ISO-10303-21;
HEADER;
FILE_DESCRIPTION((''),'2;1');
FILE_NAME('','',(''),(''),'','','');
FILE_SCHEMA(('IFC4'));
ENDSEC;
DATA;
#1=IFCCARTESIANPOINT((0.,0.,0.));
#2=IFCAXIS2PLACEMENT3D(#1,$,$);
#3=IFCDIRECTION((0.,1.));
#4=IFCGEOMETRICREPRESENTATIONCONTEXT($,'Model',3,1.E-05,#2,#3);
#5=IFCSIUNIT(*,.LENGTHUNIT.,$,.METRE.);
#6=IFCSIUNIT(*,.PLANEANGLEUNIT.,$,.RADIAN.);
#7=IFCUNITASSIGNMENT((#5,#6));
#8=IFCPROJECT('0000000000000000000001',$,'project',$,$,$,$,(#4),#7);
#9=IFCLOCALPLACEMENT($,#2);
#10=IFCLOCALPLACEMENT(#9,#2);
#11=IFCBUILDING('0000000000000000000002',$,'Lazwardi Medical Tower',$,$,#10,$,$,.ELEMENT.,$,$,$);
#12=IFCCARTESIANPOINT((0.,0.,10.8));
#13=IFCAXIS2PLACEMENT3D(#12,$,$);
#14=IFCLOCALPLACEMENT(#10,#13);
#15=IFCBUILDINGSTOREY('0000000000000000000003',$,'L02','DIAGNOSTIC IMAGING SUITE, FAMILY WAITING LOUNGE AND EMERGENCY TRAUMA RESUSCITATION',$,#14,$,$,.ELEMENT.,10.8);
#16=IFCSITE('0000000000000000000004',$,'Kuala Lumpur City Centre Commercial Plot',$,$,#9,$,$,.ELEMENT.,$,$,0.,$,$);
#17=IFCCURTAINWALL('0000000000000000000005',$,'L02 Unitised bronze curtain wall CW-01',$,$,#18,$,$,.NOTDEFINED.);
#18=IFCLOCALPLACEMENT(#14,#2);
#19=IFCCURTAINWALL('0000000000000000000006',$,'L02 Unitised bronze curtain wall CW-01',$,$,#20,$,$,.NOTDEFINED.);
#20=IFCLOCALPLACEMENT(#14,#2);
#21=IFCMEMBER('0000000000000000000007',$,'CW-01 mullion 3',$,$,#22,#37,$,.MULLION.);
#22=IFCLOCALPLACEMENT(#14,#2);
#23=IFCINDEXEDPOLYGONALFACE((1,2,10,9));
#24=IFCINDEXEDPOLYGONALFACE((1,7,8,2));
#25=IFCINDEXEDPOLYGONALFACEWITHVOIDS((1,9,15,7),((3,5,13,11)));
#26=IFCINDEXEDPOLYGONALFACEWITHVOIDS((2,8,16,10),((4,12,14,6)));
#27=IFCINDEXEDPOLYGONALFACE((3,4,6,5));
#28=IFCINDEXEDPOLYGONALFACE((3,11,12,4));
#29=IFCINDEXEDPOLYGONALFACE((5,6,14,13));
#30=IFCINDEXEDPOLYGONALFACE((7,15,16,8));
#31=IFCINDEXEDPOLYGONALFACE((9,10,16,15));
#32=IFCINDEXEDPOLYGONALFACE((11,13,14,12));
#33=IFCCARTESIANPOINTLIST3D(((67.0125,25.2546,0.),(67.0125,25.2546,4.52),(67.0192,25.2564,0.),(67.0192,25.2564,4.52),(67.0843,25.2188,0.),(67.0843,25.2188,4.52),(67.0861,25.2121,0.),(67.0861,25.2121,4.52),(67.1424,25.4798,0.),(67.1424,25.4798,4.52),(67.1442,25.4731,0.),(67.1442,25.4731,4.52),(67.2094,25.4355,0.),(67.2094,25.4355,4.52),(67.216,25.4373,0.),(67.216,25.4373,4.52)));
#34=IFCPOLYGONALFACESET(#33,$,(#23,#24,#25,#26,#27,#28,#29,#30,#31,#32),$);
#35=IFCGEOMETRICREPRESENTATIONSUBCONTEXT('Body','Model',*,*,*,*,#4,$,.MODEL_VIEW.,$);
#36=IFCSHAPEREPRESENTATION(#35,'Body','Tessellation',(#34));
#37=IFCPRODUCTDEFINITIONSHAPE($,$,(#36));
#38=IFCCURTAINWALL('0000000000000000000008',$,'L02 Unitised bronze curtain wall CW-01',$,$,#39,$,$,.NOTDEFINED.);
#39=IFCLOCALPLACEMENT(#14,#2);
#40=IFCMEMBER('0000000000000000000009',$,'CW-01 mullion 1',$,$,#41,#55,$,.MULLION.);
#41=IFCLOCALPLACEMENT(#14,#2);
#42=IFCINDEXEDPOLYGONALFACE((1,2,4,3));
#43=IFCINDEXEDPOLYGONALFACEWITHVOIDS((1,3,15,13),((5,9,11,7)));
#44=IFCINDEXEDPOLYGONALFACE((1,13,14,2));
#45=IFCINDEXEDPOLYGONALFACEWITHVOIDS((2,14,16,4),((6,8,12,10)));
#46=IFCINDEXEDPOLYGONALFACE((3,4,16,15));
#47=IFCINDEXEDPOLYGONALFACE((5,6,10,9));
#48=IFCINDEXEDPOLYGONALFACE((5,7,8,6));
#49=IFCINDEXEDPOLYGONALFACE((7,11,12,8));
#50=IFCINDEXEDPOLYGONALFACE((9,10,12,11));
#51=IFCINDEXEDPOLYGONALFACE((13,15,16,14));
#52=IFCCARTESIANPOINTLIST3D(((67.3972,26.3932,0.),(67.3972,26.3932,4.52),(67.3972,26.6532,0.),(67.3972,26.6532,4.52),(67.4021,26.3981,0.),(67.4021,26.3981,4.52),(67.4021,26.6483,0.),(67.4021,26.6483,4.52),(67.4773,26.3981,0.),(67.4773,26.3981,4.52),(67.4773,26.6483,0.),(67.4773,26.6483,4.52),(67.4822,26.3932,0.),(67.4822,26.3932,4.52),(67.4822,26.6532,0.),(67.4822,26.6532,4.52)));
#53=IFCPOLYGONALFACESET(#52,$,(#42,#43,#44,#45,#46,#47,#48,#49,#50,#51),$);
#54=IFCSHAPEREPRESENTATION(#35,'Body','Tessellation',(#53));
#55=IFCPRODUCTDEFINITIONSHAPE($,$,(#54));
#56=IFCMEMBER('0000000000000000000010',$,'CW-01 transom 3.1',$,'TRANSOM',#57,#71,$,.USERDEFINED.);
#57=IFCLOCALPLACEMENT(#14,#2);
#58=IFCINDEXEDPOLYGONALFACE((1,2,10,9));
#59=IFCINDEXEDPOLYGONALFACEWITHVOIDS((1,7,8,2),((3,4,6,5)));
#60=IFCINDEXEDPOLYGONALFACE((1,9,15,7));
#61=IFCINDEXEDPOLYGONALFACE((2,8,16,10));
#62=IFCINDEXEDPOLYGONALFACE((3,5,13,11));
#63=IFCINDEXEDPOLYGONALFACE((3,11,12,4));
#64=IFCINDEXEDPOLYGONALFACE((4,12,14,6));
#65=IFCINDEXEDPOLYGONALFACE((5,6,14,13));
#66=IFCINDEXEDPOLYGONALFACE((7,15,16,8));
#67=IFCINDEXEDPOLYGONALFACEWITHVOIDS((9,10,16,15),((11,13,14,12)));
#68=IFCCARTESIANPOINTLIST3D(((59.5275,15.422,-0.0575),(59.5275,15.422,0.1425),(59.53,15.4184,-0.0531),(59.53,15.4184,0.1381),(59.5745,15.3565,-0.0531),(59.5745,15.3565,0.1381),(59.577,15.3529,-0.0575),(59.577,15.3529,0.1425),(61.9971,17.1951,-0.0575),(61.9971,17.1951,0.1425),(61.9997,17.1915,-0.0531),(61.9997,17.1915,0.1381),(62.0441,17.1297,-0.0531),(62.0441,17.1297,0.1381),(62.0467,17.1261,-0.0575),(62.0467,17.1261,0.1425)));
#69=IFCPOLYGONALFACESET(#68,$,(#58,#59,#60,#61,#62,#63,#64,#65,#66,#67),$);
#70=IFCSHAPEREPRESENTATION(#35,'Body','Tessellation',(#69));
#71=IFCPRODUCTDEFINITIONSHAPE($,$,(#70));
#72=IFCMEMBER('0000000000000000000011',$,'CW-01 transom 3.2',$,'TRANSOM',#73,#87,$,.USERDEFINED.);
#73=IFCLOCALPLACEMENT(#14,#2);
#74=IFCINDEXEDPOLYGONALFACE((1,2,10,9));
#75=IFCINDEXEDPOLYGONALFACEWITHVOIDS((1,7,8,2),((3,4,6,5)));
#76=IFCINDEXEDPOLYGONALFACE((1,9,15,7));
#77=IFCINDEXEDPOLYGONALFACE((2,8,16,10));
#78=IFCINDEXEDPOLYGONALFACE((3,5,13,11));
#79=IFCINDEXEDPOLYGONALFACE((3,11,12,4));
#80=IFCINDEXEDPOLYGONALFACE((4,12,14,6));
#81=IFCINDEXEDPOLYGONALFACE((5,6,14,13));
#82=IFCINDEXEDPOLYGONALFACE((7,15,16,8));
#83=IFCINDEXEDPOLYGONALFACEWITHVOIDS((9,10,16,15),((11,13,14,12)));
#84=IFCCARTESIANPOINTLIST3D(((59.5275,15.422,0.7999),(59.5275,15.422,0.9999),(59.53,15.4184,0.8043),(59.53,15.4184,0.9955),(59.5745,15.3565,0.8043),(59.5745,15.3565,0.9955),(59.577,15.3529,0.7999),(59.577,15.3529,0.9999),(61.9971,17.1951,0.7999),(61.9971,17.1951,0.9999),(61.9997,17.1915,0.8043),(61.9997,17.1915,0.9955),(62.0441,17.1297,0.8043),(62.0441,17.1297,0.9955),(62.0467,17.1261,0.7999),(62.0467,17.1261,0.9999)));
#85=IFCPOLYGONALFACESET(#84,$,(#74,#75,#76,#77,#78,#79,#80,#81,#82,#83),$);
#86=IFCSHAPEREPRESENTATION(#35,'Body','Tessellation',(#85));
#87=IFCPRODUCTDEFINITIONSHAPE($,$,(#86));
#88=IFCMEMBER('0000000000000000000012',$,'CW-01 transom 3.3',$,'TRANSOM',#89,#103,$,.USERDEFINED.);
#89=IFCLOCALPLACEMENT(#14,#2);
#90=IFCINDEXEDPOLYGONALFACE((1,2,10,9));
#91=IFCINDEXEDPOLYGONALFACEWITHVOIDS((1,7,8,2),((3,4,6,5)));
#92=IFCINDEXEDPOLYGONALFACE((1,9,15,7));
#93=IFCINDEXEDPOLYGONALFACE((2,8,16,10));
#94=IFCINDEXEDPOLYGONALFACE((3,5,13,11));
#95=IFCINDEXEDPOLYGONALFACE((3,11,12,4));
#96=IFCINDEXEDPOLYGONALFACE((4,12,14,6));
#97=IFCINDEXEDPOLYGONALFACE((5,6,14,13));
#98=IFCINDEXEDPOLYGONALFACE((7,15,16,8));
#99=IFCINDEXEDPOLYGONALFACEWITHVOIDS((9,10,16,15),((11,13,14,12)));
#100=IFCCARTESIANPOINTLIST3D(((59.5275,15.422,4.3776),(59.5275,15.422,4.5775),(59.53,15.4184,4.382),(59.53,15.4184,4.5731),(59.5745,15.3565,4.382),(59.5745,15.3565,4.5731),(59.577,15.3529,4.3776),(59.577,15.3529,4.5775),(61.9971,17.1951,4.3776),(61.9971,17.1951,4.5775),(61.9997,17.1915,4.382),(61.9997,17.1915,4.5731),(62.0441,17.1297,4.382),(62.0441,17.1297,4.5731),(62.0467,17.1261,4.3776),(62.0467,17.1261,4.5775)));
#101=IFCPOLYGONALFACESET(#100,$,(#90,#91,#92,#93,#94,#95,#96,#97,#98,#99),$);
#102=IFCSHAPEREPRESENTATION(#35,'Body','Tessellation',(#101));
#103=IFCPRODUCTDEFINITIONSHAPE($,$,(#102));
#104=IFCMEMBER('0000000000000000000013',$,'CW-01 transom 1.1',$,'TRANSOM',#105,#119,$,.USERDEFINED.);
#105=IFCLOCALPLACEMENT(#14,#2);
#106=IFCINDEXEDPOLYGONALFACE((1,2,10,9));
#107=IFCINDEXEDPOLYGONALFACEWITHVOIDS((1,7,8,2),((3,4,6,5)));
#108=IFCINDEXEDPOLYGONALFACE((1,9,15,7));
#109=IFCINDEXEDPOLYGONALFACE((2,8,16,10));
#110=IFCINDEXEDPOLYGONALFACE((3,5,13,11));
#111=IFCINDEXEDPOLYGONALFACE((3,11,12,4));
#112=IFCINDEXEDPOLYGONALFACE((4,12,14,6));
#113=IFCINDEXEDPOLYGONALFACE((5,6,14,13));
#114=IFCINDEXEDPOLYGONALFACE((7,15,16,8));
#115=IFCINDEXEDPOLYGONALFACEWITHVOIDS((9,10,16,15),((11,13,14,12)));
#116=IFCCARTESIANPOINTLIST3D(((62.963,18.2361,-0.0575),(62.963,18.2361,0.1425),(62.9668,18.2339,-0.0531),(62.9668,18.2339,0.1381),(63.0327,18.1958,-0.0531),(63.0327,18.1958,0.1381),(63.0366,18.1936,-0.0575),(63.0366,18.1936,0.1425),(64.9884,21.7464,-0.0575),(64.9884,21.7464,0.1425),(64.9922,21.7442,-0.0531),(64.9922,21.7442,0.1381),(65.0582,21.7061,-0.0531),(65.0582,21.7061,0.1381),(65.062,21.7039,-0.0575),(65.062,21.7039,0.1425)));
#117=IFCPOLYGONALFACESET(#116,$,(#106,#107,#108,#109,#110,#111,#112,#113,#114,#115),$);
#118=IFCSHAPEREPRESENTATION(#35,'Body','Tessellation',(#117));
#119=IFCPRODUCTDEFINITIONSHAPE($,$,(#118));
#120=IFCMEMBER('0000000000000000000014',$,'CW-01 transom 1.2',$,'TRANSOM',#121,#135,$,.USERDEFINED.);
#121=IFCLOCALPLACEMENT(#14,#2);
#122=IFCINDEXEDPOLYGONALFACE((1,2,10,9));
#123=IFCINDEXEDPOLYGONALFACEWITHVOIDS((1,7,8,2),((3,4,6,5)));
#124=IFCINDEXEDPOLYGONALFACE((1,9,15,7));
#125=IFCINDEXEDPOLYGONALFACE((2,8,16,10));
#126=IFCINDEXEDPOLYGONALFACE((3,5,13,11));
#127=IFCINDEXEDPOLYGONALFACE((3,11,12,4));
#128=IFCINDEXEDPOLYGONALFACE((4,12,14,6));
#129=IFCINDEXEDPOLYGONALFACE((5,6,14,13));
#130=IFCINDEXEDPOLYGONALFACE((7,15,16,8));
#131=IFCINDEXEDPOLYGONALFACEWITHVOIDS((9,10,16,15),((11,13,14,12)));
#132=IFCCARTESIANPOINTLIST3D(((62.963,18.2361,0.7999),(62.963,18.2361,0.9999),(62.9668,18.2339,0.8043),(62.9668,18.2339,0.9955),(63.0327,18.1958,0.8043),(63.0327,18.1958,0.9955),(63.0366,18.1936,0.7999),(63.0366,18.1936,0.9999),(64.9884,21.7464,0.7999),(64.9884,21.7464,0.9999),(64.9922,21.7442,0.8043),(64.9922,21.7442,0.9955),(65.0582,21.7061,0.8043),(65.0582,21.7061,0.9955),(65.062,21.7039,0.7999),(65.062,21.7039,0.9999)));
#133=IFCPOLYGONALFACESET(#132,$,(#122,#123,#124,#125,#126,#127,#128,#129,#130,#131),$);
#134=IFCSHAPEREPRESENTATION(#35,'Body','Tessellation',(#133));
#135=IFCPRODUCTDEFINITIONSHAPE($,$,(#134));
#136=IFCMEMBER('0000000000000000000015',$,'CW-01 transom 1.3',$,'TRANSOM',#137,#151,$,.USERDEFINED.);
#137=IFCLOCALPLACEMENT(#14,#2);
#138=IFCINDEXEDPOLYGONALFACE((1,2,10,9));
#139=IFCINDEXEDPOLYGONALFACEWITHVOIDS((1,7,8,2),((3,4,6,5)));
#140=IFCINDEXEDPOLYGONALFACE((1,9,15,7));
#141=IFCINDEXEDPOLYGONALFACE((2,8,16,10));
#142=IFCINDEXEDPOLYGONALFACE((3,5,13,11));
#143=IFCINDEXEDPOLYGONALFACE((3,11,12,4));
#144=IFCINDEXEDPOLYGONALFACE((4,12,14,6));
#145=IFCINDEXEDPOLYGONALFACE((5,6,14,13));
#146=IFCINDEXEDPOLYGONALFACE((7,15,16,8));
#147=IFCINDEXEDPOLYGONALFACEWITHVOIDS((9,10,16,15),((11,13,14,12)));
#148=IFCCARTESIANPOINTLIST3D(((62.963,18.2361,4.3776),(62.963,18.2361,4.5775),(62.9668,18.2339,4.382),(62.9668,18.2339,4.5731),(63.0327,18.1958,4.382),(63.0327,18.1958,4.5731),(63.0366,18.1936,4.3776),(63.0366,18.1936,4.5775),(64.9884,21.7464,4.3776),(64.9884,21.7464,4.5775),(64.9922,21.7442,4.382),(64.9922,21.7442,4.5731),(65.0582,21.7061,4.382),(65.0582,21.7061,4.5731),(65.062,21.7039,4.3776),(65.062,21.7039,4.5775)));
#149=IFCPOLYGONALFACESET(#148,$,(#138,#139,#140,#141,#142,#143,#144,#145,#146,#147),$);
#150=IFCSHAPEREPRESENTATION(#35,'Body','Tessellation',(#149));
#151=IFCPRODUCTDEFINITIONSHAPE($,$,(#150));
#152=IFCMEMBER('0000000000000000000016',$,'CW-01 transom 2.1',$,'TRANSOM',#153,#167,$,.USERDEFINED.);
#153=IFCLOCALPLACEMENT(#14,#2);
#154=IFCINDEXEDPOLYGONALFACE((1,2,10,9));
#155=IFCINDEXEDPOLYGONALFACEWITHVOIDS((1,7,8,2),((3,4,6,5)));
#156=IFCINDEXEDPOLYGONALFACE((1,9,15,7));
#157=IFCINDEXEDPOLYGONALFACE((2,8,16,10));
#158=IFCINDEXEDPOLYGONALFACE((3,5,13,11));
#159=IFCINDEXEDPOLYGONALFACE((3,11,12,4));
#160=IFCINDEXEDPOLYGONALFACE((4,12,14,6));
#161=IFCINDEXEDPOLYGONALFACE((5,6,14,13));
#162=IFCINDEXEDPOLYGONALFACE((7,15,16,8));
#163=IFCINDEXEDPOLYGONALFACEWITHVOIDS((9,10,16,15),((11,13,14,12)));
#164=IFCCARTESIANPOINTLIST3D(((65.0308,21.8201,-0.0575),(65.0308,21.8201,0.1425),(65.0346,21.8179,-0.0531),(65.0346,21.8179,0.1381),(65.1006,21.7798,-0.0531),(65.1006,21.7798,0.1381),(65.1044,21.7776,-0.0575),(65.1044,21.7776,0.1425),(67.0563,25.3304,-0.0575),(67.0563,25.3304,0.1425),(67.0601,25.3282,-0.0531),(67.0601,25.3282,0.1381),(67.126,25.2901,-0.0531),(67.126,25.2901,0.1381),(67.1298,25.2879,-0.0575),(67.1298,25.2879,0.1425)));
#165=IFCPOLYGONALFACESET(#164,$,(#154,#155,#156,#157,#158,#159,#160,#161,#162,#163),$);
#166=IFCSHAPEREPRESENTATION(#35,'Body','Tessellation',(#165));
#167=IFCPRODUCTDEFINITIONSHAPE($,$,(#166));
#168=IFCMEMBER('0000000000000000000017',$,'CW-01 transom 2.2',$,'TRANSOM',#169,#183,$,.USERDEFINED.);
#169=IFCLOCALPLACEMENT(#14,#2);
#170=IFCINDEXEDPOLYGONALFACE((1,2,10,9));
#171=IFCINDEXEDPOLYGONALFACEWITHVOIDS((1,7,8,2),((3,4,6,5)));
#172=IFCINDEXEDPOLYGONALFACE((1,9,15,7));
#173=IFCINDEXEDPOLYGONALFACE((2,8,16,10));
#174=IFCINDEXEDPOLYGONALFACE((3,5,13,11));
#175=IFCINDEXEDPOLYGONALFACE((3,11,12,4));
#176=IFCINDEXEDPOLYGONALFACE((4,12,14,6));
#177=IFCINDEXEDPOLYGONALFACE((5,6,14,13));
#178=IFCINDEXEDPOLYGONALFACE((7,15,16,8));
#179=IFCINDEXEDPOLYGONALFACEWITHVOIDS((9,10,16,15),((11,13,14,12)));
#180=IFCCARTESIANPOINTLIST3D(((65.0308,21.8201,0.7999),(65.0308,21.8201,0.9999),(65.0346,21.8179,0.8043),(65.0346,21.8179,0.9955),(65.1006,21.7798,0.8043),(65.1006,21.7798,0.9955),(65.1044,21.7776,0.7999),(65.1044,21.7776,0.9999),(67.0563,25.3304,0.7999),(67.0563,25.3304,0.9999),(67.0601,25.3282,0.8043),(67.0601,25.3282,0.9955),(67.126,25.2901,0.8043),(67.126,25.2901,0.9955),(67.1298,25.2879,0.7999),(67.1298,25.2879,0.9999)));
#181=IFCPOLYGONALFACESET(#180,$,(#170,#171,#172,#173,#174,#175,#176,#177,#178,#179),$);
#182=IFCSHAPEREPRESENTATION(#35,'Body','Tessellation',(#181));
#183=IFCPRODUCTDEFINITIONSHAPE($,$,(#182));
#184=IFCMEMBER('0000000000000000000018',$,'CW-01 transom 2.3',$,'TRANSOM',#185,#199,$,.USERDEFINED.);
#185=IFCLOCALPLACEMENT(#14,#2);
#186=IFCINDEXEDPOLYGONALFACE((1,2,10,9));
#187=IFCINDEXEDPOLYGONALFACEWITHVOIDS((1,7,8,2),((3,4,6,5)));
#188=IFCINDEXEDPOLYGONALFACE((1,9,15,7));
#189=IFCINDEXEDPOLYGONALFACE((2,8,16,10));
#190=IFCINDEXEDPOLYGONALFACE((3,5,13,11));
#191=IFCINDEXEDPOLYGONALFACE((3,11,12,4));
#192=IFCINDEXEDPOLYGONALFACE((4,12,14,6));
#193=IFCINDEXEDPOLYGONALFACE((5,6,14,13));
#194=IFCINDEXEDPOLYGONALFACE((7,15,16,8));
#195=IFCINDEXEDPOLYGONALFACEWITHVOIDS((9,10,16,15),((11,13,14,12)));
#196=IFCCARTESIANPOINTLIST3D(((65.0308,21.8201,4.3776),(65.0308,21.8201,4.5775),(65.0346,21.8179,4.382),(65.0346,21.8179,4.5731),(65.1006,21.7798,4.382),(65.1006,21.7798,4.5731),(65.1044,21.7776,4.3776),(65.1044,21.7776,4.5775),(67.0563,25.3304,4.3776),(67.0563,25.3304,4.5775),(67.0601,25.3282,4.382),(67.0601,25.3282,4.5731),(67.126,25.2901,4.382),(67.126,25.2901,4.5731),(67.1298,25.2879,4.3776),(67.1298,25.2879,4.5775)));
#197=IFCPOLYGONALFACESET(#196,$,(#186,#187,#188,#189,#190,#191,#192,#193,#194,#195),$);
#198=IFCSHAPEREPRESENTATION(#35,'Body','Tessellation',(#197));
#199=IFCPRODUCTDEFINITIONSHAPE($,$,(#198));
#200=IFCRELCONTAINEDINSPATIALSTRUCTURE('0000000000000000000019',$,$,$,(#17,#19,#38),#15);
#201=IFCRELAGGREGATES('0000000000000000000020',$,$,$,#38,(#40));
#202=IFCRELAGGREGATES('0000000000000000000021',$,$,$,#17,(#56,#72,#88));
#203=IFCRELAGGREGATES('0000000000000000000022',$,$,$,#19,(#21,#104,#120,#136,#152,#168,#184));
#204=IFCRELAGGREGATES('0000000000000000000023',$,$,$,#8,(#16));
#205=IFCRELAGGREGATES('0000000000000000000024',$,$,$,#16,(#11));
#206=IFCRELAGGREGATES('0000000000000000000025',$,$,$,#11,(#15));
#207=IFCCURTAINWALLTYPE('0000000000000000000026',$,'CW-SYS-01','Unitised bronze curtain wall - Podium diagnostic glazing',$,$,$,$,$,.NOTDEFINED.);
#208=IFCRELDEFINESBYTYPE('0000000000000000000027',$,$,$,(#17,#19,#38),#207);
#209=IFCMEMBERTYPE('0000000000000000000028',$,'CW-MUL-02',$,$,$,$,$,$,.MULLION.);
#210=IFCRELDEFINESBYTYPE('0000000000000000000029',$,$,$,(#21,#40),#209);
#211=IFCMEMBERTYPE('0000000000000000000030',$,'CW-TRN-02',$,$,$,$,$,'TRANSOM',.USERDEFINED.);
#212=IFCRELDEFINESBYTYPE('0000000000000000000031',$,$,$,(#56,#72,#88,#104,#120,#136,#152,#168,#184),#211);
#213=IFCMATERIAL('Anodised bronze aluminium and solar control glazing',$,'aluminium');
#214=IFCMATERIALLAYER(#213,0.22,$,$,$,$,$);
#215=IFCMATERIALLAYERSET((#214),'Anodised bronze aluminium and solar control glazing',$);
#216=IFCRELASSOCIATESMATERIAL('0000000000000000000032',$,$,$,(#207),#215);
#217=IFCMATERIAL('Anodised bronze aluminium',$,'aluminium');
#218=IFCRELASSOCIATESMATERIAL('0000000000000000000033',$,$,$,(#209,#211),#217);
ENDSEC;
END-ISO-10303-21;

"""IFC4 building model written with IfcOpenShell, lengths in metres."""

from ifc_helpers import new_model, si_unit, direction, frame, origin, origin_2d, place, context, subcontext, project, spatial, hollow_rectangle, extrude, material, layer, layer_set, material_profile, profile_set, type_object, element, aggregate, save


model = new_model("IFC4")

# Units and contexts
model_context = context("Model", 3, precision=1e-05, world=origin(), true_north=direction((0.0, 1.0)))
body_context = subcontext(model_context, "Body", "Model", "MODEL_VIEW")
ifc_project = project(units=[si_unit("LENGTHUNIT", "METRE"), si_unit("PLANEANGLEUNIT", "RADIAN")], contexts=[model_context])

# Site, building, storey
site_placement = place(None, origin())
site = spatial("IfcSite", under=ifc_project, at=site_placement, Name="Kuala Lumpur City Centre Commercial Plot", CompositionType="ELEMENT", RefElevation=0.0)
building_placement = place(site_placement, origin())
building = spatial("IfcBuilding", under=site, at=building_placement, Name="Lazwardi Medical Tower", CompositionType="ELEMENT")
storey_placement = place(building_placement, frame((0.0, 0.0, 10.8)))
storey = spatial("IfcBuildingStorey", under=building, at=storey_placement, Name="L02", Description="DIAGNOSTIC IMAGING SUITE, FAMILY WAITING LOUNGE AND EMERGENCY TRAUMA RESUSCITATION", CompositionType="ELEMENT", Elevation=10.8)

# Curtain walls, member
ifc_material_1 = material(Name="Anodised bronze aluminium and solar control glazing", Category="aluminium")
ifc_layer_1 = layer(ifc_material_1, 0.22)
ifc_layer_set_1 = layer_set([ifc_layer_1], Name="Anodised bronze aluminium and solar control glazing")
curtain_wall_type = type_object("IfcCurtainWallType", Name="CW-SYS-01", Description="Unitised bronze curtain wall - Podium diagnostic glazing", PredefinedType="NOTDEFINED", material=ifc_layer_set_1)
curtain_wall_1_placement = place(storey_placement, origin())
curtain_wall_1 = element("IfcCurtainWall", 1, at=curtain_wall_1_placement, inside=storey, type_object=curtain_wall_type, Name="L02 Unitised bronze curtain wall CW-01", PredefinedType="NOTDEFINED")
ifc_material_2 = material(Name="Anodised bronze aluminium", Category="aluminium")
ifc_material_profile_1 = material_profile(ifc_material_2, hollow_rectangle(XDim=0.085, YDim=0.26, WallThickness=0.0049, at=origin_2d()), Name="ALU-MULLION 260x85x5")
ifc_profile_set_1 = profile_set([ifc_material_profile_1], Name="Anodised bronze aluminium")
member_type_1 = type_object("IfcMemberType", Name="CW-MUL-02", PredefinedType="MULLION", material=ifc_profile_set_1)
curtain_wall_2_placement = place(storey_placement, origin())
curtain_wall_2 = element("IfcCurtainWall", 2, at=curtain_wall_2_placement, inside=storey, type_object=curtain_wall_type, Name="L02 Unitised bronze curtain wall CW-01", PredefinedType="NOTDEFINED")
member_1_placement = place(storey_placement, frame((67.1143, 25.3459, 0.0), z_axis=(0.0, 0.0, 1.0), x_axis=(-0.866181, 0.499731, 0.0)))
member_1 = element("IfcMember", 3, at=member_1_placement, type_object=member_type_1, Name="CW-01 mullion 3", PredefinedType="MULLION", context=body_context, shape_type="SweptSolid", body=[
    extrude(hollow_rectangle(XDim=0.085, YDim=0.26, WallThickness=0.0049, at=origin_2d()), origin(), (0.0, 0.0, 1.0), 4.52),
])

# Curtain wall, member
curtain_wall_3_placement = place(storey_placement, origin())
curtain_wall_3 = element("IfcCurtainWall", 4, at=curtain_wall_3_placement, inside=storey, type_object=curtain_wall_type, Name="L02 Unitised bronze curtain wall CW-01", PredefinedType="NOTDEFINED")
member_2_placement = place(storey_placement, frame((67.4397, 26.5232, 0.0), z_axis=(0.0, 0.0, 1.0), x_axis=(-1.0, 0.0, 0.0)))
member_2 = element("IfcMember", 5, at=member_2_placement, type_object=member_type_1, Name="CW-01 mullion 1", PredefinedType="MULLION", context=body_context, shape_type="SweptSolid", body=[
    extrude(hollow_rectangle(XDim=0.085, YDim=0.26, WallThickness=0.0049, at=origin_2d()), origin(), (0.0, 0.0, 1.0), 4.52),
])

# Members
ifc_material_profile_2 = material_profile(ifc_material_2, hollow_rectangle(XDim=0.085, YDim=0.2, WallThickness=0.0044, at=origin_2d()), Name="ALU-TRANSOM 200x85x4.5")
ifc_profile_set_2 = profile_set([ifc_material_profile_2], Name="Anodised bronze aluminium")
member_type_2 = type_object("IfcMemberType", Name="CW-TRN-02", ElementType="TRANSOM", PredefinedType="USERDEFINED", material=ifc_profile_set_2)
member_3_placement = place(storey_placement, frame((59.5522, 15.3875, 0.0425), z_axis=(0.812315, 0.583219, 0.0), x_axis=(-0.583219, 0.812315, 0.0)))
member_3 = element("IfcMember", 6, at=member_3_placement, type_object=member_type_2, Name="CW-01 transom 3.1", ObjectType="TRANSOM", PredefinedType="USERDEFINED", context=body_context, shape_type="SweptSolid", body=[
    extrude(hollow_rectangle(XDim=0.085, YDim=0.2, WallThickness=0.0044, at=origin_2d()), origin(), (0.0, 0.0, 1.0), 3.0403),
])
member_4_placement = place(storey_placement, frame((59.5522, 15.3875, 0.8999), z_axis=(0.812315, 0.583219, 0.0), x_axis=(-0.583219, 0.812315, 0.0)))
member_4 = element("IfcMember", 7, at=member_4_placement, type_object=member_type_2, Name="CW-01 transom 3.2", ObjectType="TRANSOM", PredefinedType="USERDEFINED", context=body_context, shape_type="SweptSolid", body=[
    extrude(hollow_rectangle(XDim=0.085, YDim=0.2, WallThickness=0.0044, at=origin_2d()), origin(), (0.0, 0.0, 1.0), 3.0403),
])
member_5_placement = place(storey_placement, frame((59.5522, 15.3875, 4.4775), z_axis=(0.812315, 0.583219, 0.0), x_axis=(-0.583219, 0.812315, 0.0)))
member_5 = element("IfcMember", 8, at=member_5_placement, type_object=member_type_2, Name="CW-01 transom 3.3", ObjectType="TRANSOM", PredefinedType="USERDEFINED", context=body_context, shape_type="SweptSolid", body=[
    extrude(hollow_rectangle(XDim=0.085, YDim=0.2, WallThickness=0.0044, at=origin_2d()), origin(), (0.0, 0.0, 1.0), 3.0403),
])
member_6_placement = place(storey_placement, frame((62.9998, 18.2148, 0.0425), z_axis=(0.499768, 0.86616, 0.0), x_axis=(-0.86616, 0.499768, 0.0)))
member_6 = element("IfcMember", 9, at=member_6_placement, type_object=member_type_2, Name="CW-01 transom 1.1", ObjectType="TRANSOM", PredefinedType="USERDEFINED", context=body_context, shape_type="SweptSolid", body=[
    extrude(hollow_rectangle(XDim=0.085, YDim=0.2, WallThickness=0.0044, at=origin_2d()), origin(), (0.0, 0.0, 1.0), 4.0527),
])
member_7_placement = place(storey_placement, frame((62.9998, 18.2148, 0.8999), z_axis=(0.499768, 0.86616, 0.0), x_axis=(-0.86616, 0.499768, 0.0)))
member_7 = element("IfcMember", 10, at=member_7_placement, type_object=member_type_2, Name="CW-01 transom 1.2", ObjectType="TRANSOM", PredefinedType="USERDEFINED", context=body_context, shape_type="SweptSolid", body=[
    extrude(hollow_rectangle(XDim=0.085, YDim=0.2, WallThickness=0.0044, at=origin_2d()), origin(), (0.0, 0.0, 1.0), 4.0527),
])
member_8_placement = place(storey_placement, frame((62.9998, 18.2148, 4.4775), z_axis=(0.499768, 0.86616, 0.0), x_axis=(-0.86616, 0.499768, 0.0)))
member_8 = element("IfcMember", 11, at=member_8_placement, type_object=member_type_2, Name="CW-01 transom 1.3", ObjectType="TRANSOM", PredefinedType="USERDEFINED", context=body_context, shape_type="SweptSolid", body=[
    extrude(hollow_rectangle(XDim=0.085, YDim=0.2, WallThickness=0.0044, at=origin_2d()), origin(), (0.0, 0.0, 1.0), 4.0527),
])
member_9_placement = place(storey_placement, frame((65.0676, 21.7988, 0.0425), z_axis=(0.499768, 0.86616, 0.0), x_axis=(-0.86616, 0.499768, 0.0)))
member_9 = element("IfcMember", 12, at=member_9_placement, type_object=member_type_2, Name="CW-01 transom 2.1", ObjectType="TRANSOM", PredefinedType="USERDEFINED", context=body_context, shape_type="SweptSolid", body=[
    extrude(hollow_rectangle(XDim=0.085, YDim=0.2, WallThickness=0.0044, at=origin_2d()), origin(), (0.0, 0.0, 1.0), 4.0527),
])
member_10_placement = place(storey_placement, frame((65.0676, 21.7988, 0.8999), z_axis=(0.499768, 0.86616, 0.0), x_axis=(-0.86616, 0.499768, 0.0)))
member_10 = element("IfcMember", 13, at=member_10_placement, type_object=member_type_2, Name="CW-01 transom 2.2", ObjectType="TRANSOM", PredefinedType="USERDEFINED", context=body_context, shape_type="SweptSolid", body=[
    extrude(hollow_rectangle(XDim=0.085, YDim=0.2, WallThickness=0.0044, at=origin_2d()), origin(), (0.0, 0.0, 1.0), 4.0527),
])
member_11_placement = place(storey_placement, frame((65.0676, 21.7988, 4.4775), z_axis=(0.499768, 0.86616, 0.0), x_axis=(-0.86616, 0.499768, 0.0)))
member_11 = element("IfcMember", 14, at=member_11_placement, type_object=member_type_2, Name="CW-01 transom 2.3", ObjectType="TRANSOM", PredefinedType="USERDEFINED", context=body_context, shape_type="SweptSolid", body=[
    extrude(hollow_rectangle(XDim=0.085, YDim=0.2, WallThickness=0.0044, at=origin_2d()), origin(), (0.0, 0.0, 1.0), 4.0527),
])
aggregate(curtain_wall_3, [member_2])

aggregate(curtain_wall_1, [member_3, member_4, member_5])
aggregate(curtain_wall_2, [member_1, member_6, member_7, member_8, member_9, member_10, member_11])

save(model, "model.ifc")
